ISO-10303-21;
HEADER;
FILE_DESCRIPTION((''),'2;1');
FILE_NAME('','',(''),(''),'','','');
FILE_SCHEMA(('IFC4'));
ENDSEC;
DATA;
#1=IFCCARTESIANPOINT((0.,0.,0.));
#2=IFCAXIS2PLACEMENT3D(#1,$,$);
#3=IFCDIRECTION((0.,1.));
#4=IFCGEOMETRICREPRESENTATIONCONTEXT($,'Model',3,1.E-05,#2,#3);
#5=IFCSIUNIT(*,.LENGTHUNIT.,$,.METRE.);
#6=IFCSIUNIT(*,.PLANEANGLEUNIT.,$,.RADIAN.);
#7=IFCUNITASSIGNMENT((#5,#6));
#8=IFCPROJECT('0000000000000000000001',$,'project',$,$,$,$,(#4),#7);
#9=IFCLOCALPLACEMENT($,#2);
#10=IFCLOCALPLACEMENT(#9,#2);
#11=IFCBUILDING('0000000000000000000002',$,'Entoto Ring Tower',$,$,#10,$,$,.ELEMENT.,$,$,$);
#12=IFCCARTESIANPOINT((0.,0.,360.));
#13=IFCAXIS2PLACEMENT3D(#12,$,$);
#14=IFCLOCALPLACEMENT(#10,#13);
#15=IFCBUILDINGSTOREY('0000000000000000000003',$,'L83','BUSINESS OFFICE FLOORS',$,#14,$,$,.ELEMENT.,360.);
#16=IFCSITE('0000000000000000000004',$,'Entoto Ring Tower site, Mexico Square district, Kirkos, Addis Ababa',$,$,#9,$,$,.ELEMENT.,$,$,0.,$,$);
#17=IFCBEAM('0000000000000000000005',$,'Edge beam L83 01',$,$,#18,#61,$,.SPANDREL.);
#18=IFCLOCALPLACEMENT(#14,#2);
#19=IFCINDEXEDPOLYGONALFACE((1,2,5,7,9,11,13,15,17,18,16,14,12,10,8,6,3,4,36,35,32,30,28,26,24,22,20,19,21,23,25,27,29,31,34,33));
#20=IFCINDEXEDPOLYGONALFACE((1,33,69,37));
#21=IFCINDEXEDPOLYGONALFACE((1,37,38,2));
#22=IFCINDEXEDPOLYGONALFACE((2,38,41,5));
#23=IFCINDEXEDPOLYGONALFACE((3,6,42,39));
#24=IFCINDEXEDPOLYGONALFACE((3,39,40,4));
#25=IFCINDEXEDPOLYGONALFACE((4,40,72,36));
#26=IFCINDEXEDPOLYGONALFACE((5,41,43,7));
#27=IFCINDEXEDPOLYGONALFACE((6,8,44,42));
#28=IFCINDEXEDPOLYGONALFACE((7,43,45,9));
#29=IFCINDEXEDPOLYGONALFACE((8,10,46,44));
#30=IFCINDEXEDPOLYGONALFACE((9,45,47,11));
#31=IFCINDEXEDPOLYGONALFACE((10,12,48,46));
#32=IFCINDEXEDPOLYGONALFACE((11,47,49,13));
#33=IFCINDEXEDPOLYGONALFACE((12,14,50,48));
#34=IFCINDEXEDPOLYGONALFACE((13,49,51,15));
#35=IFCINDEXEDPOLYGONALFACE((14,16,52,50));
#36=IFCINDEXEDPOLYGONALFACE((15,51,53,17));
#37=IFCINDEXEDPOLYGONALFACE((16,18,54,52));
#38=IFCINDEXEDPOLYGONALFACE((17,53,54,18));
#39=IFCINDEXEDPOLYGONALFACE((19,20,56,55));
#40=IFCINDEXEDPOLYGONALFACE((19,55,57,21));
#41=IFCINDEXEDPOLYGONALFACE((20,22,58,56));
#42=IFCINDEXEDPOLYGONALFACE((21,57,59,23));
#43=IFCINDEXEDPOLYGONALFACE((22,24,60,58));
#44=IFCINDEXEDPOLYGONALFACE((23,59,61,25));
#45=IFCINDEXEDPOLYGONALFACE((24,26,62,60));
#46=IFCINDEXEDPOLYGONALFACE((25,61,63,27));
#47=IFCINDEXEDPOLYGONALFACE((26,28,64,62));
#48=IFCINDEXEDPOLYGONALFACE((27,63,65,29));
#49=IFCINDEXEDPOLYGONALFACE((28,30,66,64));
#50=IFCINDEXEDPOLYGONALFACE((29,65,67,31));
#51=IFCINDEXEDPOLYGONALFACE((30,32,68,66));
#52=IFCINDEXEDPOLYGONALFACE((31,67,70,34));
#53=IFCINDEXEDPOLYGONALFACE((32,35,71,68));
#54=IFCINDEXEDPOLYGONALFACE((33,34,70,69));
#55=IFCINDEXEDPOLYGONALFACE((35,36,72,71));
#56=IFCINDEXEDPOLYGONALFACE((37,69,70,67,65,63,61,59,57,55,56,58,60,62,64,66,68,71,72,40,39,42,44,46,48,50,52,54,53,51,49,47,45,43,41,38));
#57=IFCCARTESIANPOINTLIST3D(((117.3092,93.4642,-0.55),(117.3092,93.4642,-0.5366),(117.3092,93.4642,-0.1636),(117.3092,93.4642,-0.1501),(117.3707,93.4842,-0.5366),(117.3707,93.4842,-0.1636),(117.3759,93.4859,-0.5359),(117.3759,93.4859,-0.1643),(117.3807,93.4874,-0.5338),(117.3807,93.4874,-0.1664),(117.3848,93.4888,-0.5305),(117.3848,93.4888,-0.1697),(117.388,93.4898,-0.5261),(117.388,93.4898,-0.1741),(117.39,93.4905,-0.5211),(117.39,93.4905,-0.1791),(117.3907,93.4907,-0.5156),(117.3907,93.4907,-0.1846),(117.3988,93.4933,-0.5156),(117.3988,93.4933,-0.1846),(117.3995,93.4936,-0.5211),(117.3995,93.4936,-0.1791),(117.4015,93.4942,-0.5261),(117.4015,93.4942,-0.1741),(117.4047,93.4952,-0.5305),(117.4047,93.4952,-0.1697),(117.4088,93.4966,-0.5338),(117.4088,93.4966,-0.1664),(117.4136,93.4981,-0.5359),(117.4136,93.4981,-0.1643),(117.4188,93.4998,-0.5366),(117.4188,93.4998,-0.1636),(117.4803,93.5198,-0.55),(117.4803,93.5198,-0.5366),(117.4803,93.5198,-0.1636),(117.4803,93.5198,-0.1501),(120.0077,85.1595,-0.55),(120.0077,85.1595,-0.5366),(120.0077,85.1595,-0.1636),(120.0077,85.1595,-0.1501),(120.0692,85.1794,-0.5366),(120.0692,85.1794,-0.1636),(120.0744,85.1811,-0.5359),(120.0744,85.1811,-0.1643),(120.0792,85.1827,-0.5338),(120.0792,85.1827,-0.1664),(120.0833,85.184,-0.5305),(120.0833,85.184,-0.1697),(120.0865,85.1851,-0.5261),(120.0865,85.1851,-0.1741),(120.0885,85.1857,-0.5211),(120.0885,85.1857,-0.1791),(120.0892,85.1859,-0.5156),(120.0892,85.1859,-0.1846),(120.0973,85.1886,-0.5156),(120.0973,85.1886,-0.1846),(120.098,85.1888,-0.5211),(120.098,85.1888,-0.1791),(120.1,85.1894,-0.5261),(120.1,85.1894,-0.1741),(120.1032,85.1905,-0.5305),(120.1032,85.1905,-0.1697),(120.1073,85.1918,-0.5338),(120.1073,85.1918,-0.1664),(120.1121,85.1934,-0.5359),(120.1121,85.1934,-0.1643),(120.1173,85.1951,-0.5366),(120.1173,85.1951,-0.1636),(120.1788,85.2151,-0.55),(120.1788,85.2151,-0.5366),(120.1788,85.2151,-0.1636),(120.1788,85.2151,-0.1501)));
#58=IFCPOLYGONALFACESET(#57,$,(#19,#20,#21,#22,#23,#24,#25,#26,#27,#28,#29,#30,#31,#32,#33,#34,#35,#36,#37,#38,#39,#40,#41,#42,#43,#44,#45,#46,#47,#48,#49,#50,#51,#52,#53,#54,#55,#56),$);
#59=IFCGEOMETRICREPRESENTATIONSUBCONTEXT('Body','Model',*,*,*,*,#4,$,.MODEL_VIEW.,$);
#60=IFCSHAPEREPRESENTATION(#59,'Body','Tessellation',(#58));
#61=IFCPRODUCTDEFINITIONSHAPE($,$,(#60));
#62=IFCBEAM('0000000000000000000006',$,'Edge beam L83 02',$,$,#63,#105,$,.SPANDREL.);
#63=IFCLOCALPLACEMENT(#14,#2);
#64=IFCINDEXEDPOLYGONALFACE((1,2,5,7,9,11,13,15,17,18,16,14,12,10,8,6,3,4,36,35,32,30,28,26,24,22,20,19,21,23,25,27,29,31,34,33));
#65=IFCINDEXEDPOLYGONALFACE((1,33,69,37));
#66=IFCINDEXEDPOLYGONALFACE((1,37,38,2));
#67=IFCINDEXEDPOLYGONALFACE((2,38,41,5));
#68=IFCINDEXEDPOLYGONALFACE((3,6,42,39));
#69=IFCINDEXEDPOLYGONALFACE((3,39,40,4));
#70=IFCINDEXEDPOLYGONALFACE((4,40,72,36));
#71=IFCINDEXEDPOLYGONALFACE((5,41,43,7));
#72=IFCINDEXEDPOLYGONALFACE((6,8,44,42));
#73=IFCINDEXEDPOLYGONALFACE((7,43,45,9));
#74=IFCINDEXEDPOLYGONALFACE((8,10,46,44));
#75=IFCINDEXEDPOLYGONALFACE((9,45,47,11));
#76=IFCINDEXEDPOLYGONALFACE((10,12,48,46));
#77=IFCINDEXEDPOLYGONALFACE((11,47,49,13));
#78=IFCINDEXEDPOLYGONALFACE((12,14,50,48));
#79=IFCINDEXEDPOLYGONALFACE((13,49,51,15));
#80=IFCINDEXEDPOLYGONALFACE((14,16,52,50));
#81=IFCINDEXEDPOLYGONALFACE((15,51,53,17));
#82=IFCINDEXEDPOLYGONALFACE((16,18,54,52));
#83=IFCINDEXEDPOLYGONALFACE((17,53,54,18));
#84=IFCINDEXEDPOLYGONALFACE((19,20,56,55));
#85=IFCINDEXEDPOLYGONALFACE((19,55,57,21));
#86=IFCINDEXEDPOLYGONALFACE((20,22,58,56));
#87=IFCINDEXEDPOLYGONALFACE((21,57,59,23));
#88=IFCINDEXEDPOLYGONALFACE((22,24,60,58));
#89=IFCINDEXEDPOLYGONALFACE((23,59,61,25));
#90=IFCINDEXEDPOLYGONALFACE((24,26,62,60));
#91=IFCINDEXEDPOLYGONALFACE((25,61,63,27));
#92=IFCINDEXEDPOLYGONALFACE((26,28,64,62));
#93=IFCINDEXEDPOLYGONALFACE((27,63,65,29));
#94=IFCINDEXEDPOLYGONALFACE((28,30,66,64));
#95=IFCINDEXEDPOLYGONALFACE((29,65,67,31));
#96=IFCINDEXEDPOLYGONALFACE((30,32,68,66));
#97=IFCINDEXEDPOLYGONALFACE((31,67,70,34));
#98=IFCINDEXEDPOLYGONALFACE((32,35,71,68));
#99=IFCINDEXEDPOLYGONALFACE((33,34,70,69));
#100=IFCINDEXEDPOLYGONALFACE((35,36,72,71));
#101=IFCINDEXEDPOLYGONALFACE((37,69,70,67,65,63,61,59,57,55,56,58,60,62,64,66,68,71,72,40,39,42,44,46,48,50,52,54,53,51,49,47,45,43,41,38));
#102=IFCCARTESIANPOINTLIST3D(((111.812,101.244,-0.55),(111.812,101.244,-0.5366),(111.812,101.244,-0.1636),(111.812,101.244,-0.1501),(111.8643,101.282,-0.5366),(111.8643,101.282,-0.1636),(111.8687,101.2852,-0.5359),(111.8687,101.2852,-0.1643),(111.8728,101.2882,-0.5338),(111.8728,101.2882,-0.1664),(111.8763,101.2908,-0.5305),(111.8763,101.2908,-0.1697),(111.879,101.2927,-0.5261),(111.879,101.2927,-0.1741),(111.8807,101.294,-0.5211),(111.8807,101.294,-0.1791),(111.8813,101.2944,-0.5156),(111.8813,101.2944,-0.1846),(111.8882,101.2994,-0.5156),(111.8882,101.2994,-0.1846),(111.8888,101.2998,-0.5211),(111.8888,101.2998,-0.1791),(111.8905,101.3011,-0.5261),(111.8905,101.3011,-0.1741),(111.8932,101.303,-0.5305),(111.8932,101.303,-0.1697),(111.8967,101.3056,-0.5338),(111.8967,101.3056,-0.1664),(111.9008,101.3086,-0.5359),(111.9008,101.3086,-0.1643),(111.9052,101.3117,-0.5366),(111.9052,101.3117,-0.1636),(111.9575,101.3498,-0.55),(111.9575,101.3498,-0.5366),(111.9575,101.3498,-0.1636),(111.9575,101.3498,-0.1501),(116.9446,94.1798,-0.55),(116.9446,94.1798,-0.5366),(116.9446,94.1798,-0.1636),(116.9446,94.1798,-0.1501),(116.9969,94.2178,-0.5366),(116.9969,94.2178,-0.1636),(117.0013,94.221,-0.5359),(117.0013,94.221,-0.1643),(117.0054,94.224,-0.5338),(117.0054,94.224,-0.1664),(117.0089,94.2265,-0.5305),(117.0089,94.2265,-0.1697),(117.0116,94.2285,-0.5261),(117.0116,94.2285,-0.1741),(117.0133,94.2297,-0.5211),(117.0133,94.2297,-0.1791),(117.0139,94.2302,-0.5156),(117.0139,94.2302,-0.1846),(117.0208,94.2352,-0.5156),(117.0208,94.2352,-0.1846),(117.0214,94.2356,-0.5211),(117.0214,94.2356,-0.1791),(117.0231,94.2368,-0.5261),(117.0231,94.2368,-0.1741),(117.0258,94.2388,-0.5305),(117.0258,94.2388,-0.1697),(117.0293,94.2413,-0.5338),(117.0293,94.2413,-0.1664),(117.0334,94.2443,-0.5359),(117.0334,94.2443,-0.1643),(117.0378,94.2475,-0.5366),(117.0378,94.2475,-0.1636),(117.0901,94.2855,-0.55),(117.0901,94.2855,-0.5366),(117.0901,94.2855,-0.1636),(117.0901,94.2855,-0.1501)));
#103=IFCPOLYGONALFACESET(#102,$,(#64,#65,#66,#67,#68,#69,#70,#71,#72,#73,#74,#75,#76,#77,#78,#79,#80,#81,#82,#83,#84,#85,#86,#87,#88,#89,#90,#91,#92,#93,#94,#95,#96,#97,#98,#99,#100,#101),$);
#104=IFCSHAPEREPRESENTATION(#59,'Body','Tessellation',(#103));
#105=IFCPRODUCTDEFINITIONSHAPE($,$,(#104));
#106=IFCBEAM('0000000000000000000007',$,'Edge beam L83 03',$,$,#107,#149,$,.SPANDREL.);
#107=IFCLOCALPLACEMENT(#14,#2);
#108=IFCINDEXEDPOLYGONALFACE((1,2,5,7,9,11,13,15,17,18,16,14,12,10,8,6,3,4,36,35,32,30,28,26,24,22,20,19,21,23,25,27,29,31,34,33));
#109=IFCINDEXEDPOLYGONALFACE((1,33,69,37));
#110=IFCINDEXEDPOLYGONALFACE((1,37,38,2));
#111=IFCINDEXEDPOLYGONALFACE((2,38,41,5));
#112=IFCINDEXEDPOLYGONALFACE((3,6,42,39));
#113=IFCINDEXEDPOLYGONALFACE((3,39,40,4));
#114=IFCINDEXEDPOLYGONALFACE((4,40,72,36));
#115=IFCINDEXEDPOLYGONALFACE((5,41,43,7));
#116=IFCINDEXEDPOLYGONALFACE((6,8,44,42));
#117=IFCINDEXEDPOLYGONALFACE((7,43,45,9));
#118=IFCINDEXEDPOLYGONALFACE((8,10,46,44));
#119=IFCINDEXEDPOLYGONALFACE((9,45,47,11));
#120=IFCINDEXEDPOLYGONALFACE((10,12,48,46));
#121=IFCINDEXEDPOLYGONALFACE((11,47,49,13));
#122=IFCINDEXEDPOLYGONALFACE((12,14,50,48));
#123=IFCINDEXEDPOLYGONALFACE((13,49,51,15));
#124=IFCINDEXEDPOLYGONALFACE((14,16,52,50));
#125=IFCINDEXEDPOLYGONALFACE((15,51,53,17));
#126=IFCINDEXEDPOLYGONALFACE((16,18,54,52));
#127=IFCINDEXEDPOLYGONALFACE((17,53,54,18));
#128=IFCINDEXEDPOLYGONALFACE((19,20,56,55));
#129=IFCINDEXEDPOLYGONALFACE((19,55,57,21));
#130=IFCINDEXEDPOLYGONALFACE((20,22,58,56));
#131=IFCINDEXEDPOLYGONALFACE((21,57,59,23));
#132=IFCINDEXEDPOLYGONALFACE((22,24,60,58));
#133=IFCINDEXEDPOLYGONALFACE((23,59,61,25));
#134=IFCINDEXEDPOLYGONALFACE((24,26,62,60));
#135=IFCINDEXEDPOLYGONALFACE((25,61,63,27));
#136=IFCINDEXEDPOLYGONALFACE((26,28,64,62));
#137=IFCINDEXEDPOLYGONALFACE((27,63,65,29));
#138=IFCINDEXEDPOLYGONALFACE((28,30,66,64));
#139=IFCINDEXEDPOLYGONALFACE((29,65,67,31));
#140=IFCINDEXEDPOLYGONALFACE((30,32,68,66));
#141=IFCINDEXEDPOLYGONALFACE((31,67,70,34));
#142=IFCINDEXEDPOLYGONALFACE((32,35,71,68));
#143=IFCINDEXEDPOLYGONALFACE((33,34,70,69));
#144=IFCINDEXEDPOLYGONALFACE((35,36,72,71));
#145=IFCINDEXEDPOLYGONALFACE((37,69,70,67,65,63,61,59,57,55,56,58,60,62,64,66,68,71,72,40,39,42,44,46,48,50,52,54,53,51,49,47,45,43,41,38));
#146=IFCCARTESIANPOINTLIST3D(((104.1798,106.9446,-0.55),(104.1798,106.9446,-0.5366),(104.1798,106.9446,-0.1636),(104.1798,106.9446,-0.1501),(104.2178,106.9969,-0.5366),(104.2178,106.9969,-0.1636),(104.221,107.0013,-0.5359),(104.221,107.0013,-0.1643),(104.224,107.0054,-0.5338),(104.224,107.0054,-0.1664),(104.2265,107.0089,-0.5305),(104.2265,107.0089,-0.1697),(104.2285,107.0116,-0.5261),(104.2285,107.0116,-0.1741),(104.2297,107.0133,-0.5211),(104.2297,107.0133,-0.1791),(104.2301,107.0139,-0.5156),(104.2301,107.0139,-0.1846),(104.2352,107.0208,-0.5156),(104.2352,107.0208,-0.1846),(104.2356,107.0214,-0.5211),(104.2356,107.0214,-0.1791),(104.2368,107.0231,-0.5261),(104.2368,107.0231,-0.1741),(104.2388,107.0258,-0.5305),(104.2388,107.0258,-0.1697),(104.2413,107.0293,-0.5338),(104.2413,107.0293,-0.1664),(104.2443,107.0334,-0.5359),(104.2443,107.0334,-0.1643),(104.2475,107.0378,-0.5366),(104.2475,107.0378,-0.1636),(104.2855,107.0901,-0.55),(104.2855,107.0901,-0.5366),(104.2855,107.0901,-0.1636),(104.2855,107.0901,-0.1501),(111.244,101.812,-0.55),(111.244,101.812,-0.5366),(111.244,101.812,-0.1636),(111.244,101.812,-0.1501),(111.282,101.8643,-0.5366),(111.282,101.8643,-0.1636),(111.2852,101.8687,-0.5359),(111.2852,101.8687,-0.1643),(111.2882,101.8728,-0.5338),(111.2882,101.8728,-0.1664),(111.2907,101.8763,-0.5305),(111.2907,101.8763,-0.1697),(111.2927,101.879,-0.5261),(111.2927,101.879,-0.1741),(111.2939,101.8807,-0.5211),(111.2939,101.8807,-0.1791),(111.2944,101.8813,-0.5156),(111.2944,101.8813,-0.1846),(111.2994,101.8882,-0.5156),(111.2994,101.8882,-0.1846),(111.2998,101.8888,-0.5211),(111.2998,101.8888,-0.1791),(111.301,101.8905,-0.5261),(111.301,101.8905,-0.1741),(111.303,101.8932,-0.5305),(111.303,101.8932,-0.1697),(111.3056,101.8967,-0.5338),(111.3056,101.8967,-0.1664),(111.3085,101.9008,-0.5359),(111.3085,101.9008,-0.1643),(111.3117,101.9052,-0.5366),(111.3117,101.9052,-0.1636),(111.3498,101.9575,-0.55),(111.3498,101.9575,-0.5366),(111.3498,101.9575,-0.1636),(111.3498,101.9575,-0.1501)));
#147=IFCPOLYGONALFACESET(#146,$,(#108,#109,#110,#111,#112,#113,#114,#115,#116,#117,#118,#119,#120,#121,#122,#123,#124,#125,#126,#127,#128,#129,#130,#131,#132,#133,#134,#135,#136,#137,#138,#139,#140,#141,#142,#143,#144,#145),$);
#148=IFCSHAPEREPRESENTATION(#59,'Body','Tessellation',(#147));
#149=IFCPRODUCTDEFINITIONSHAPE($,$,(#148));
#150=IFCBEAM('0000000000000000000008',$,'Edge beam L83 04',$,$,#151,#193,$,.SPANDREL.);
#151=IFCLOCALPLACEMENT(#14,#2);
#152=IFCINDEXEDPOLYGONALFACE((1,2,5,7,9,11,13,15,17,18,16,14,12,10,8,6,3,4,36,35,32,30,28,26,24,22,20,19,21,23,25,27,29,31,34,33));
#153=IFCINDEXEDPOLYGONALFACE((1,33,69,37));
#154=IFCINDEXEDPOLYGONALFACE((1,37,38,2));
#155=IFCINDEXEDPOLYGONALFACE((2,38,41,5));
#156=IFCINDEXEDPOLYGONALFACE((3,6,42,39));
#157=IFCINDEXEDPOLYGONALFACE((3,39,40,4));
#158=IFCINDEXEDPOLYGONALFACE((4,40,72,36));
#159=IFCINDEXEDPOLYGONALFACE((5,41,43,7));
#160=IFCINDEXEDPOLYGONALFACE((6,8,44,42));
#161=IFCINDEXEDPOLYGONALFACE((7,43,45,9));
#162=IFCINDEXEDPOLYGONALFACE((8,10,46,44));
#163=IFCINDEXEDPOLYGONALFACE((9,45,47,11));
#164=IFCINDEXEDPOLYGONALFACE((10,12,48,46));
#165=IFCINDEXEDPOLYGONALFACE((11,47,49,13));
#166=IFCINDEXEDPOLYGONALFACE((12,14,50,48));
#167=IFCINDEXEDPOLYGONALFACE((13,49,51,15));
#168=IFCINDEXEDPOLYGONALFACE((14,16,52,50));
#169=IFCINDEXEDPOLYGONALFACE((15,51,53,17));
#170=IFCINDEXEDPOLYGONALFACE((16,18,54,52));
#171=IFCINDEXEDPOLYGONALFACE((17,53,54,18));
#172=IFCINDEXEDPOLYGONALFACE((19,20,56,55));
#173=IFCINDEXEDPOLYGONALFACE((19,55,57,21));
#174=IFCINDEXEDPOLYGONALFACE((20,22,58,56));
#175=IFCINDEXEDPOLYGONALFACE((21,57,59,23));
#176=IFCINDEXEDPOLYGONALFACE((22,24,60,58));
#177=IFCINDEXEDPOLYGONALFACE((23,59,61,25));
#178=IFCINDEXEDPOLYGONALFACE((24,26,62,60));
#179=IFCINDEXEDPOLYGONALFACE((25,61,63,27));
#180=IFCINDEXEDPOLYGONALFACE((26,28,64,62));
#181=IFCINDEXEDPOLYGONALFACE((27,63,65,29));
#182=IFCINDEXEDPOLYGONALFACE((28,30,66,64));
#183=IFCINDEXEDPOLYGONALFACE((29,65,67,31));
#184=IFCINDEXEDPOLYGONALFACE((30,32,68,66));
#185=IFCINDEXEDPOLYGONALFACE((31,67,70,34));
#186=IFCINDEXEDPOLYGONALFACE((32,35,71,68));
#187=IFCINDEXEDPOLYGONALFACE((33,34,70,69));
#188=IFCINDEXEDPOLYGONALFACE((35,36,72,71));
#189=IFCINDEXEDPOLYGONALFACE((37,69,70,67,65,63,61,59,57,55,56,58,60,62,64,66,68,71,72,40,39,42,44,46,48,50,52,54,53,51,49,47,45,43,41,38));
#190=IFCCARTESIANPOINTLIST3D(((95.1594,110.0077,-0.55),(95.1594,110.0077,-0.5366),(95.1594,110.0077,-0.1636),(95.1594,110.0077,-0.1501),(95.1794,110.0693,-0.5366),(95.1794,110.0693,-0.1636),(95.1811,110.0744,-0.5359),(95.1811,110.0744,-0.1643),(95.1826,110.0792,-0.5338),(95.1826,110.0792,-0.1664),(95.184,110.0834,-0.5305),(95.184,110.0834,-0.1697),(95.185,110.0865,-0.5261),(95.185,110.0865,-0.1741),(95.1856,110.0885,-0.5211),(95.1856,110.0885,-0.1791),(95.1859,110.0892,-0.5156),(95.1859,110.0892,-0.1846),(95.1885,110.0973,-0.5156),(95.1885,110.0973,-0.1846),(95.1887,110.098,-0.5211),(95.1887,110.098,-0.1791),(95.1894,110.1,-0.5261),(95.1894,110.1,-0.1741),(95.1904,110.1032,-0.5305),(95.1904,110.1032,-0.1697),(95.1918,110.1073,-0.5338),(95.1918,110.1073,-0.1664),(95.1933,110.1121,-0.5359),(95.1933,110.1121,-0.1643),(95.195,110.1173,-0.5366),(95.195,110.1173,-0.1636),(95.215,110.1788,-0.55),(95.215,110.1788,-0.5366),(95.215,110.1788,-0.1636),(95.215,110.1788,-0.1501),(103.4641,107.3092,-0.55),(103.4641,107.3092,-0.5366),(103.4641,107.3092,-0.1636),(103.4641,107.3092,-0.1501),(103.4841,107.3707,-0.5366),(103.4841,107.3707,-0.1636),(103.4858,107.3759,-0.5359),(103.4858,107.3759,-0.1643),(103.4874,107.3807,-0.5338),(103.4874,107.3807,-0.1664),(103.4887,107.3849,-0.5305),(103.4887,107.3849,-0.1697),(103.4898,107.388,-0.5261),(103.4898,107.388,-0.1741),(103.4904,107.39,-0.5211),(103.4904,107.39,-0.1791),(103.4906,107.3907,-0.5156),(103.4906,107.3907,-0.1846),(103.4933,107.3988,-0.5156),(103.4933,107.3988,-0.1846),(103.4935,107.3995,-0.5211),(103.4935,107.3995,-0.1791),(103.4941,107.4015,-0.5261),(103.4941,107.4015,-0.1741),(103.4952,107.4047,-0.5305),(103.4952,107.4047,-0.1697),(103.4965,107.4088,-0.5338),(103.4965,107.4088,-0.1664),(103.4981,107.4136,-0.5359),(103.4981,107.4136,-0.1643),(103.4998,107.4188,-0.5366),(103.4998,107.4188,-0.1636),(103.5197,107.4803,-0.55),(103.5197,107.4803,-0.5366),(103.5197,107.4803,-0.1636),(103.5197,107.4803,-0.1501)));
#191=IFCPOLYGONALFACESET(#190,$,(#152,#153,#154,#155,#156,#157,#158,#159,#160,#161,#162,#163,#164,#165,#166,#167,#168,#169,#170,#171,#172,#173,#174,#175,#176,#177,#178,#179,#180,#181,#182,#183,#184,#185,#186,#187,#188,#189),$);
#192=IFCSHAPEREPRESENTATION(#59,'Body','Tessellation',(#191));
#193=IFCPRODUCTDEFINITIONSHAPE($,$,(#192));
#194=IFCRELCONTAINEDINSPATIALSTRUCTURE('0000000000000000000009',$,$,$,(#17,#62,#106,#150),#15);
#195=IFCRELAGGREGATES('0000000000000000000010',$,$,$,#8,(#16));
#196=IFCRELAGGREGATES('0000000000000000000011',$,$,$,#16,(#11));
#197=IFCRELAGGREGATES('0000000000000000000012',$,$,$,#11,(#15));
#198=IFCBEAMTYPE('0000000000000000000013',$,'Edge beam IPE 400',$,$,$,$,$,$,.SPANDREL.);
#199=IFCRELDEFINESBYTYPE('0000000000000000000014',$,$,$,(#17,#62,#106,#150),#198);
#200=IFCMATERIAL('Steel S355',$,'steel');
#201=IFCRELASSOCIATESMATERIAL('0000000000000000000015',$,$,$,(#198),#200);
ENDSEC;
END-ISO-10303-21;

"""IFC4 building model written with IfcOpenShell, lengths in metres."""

from ifc_helpers import new_model, si_unit, direction, frame, origin, origin_2d, place, context, subcontext, project, spatial, i_section, extrude, material, material_profile, profile_set, type_object, element, save


model = new_model("IFC4")

# Units and contexts
model_context = context("Model", 3, precision=1e-05, world=origin(), true_north=direction((0.0, 1.0)))
body_context = subcontext(model_context, "Body", "Model", "MODEL_VIEW")
ifc_project = project(units=[si_unit("LENGTHUNIT", "METRE"), si_unit("PLANEANGLEUNIT", "RADIAN")], contexts=[model_context])

# Site, building, storey
site_placement = place(None, origin())
site = spatial("IfcSite", under=ifc_project, at=site_placement, Name="Entoto Ring Tower site, Mexico Square district, Kirkos, Addis Ababa", CompositionType="ELEMENT", RefElevation=0.0)
building_placement = place(site_placement, origin())
building = spatial("IfcBuilding", under=site, at=building_placement, Name="Entoto Ring Tower", CompositionType="ELEMENT")
storey_placement = place(building_placement, frame((0.0, 0.0, 360.0)))
storey = spatial("IfcBuildingStorey", under=building, at=storey_placement, Name="L83", Description="BUSINESS OFFICE FLOORS", CompositionType="ELEMENT", Elevation=360.0)

# Beams
ifc_material_1 = material(Name="Steel S355", Category="steel")
ifc_material_profile_1 = material_profile(ifc_material_1, i_section(OverallWidth=0.1799, OverallDepth=0.3999, WebThickness=0.0085, FlangeThickness=0.0134, FilletRadius=0.021, at=origin_2d()), Name="IPE 400")
ifc_profile_set_1 = profile_set([ifc_material_profile_1], Name="Steel S355")
beam_type_1 = type_object("IfcBeamType", Name="Edge beam IPE 400", PredefinedType="SPANDREL", material=ifc_profile_set_1)
beam_1_placement = place(storey_placement, frame((120.0933, 85.1873, -0.3501), z_axis=(-0.30903, 0.951052, 0.0), x_axis=(-0.951052, -0.30903, 0.0)))
element("IfcBeam", 1, at=beam_1_placement, inside=storey, type_object=beam_type_1, Name="Edge beam L83 01", PredefinedType="SPANDREL", context=body_context, shape_type="SweptSolid", body=[
    extrude(i_section(OverallWidth=0.1799, OverallDepth=0.3999, WebThickness=0.0085, FlangeThickness=0.0134, FilletRadius=0.021, at=origin_2d()), origin(), (0.0, 0.0, 1.0), 8.7322),
])
for number, where, z_axis, x_axis, name in (
    (2, (117.0173, 94.2327, -0.3501), (-0.587794, 0.80901, 0.0), (-0.80901, -0.587794, 0.0), "Edge beam L83 02"),
    (3, (111.2969, 101.8848, -0.3501), (-0.80901, 0.587794, 0.0), (-0.587794, -0.80901, 0.0), "Edge beam L83 03"),
):
    element("IfcBeam", number, at=place(storey_placement, frame(where, z_axis=z_axis, x_axis=x_axis)), inside=storey, type_object=beam_type_1, Name=name, PredefinedType="SPANDREL", context=body_context, shape_type="SweptSolid", body=[
        extrude(i_section(OverallWidth=0.1799, OverallDepth=0.3999, WebThickness=0.0085, FlangeThickness=0.0134, FilletRadius=0.021, at=origin_2d()), origin(), (0.0, 0.0, 1.0), 8.7319),
    ])
beam_2_placement = place(storey_placement, frame((103.4919, 107.3948, -0.3501), z_axis=(-0.951052, 0.30903, 0.0), x_axis=(-0.30903, -0.951052, 0.0)))
element("IfcBeam", 4, at=beam_2_placement, inside=storey, type_object=beam_type_1, Name="Edge beam L83 04", PredefinedType="SPANDREL", context=body_context, shape_type="SweptSolid", body=[
    extrude(i_section(OverallWidth=0.1799, OverallDepth=0.3999, WebThickness=0.0085, FlangeThickness=0.0134, FilletRadius=0.021, at=origin_2d()), origin(), (0.0, 0.0, 1.0), 8.7322),
])

save(model, "model.ifc")
